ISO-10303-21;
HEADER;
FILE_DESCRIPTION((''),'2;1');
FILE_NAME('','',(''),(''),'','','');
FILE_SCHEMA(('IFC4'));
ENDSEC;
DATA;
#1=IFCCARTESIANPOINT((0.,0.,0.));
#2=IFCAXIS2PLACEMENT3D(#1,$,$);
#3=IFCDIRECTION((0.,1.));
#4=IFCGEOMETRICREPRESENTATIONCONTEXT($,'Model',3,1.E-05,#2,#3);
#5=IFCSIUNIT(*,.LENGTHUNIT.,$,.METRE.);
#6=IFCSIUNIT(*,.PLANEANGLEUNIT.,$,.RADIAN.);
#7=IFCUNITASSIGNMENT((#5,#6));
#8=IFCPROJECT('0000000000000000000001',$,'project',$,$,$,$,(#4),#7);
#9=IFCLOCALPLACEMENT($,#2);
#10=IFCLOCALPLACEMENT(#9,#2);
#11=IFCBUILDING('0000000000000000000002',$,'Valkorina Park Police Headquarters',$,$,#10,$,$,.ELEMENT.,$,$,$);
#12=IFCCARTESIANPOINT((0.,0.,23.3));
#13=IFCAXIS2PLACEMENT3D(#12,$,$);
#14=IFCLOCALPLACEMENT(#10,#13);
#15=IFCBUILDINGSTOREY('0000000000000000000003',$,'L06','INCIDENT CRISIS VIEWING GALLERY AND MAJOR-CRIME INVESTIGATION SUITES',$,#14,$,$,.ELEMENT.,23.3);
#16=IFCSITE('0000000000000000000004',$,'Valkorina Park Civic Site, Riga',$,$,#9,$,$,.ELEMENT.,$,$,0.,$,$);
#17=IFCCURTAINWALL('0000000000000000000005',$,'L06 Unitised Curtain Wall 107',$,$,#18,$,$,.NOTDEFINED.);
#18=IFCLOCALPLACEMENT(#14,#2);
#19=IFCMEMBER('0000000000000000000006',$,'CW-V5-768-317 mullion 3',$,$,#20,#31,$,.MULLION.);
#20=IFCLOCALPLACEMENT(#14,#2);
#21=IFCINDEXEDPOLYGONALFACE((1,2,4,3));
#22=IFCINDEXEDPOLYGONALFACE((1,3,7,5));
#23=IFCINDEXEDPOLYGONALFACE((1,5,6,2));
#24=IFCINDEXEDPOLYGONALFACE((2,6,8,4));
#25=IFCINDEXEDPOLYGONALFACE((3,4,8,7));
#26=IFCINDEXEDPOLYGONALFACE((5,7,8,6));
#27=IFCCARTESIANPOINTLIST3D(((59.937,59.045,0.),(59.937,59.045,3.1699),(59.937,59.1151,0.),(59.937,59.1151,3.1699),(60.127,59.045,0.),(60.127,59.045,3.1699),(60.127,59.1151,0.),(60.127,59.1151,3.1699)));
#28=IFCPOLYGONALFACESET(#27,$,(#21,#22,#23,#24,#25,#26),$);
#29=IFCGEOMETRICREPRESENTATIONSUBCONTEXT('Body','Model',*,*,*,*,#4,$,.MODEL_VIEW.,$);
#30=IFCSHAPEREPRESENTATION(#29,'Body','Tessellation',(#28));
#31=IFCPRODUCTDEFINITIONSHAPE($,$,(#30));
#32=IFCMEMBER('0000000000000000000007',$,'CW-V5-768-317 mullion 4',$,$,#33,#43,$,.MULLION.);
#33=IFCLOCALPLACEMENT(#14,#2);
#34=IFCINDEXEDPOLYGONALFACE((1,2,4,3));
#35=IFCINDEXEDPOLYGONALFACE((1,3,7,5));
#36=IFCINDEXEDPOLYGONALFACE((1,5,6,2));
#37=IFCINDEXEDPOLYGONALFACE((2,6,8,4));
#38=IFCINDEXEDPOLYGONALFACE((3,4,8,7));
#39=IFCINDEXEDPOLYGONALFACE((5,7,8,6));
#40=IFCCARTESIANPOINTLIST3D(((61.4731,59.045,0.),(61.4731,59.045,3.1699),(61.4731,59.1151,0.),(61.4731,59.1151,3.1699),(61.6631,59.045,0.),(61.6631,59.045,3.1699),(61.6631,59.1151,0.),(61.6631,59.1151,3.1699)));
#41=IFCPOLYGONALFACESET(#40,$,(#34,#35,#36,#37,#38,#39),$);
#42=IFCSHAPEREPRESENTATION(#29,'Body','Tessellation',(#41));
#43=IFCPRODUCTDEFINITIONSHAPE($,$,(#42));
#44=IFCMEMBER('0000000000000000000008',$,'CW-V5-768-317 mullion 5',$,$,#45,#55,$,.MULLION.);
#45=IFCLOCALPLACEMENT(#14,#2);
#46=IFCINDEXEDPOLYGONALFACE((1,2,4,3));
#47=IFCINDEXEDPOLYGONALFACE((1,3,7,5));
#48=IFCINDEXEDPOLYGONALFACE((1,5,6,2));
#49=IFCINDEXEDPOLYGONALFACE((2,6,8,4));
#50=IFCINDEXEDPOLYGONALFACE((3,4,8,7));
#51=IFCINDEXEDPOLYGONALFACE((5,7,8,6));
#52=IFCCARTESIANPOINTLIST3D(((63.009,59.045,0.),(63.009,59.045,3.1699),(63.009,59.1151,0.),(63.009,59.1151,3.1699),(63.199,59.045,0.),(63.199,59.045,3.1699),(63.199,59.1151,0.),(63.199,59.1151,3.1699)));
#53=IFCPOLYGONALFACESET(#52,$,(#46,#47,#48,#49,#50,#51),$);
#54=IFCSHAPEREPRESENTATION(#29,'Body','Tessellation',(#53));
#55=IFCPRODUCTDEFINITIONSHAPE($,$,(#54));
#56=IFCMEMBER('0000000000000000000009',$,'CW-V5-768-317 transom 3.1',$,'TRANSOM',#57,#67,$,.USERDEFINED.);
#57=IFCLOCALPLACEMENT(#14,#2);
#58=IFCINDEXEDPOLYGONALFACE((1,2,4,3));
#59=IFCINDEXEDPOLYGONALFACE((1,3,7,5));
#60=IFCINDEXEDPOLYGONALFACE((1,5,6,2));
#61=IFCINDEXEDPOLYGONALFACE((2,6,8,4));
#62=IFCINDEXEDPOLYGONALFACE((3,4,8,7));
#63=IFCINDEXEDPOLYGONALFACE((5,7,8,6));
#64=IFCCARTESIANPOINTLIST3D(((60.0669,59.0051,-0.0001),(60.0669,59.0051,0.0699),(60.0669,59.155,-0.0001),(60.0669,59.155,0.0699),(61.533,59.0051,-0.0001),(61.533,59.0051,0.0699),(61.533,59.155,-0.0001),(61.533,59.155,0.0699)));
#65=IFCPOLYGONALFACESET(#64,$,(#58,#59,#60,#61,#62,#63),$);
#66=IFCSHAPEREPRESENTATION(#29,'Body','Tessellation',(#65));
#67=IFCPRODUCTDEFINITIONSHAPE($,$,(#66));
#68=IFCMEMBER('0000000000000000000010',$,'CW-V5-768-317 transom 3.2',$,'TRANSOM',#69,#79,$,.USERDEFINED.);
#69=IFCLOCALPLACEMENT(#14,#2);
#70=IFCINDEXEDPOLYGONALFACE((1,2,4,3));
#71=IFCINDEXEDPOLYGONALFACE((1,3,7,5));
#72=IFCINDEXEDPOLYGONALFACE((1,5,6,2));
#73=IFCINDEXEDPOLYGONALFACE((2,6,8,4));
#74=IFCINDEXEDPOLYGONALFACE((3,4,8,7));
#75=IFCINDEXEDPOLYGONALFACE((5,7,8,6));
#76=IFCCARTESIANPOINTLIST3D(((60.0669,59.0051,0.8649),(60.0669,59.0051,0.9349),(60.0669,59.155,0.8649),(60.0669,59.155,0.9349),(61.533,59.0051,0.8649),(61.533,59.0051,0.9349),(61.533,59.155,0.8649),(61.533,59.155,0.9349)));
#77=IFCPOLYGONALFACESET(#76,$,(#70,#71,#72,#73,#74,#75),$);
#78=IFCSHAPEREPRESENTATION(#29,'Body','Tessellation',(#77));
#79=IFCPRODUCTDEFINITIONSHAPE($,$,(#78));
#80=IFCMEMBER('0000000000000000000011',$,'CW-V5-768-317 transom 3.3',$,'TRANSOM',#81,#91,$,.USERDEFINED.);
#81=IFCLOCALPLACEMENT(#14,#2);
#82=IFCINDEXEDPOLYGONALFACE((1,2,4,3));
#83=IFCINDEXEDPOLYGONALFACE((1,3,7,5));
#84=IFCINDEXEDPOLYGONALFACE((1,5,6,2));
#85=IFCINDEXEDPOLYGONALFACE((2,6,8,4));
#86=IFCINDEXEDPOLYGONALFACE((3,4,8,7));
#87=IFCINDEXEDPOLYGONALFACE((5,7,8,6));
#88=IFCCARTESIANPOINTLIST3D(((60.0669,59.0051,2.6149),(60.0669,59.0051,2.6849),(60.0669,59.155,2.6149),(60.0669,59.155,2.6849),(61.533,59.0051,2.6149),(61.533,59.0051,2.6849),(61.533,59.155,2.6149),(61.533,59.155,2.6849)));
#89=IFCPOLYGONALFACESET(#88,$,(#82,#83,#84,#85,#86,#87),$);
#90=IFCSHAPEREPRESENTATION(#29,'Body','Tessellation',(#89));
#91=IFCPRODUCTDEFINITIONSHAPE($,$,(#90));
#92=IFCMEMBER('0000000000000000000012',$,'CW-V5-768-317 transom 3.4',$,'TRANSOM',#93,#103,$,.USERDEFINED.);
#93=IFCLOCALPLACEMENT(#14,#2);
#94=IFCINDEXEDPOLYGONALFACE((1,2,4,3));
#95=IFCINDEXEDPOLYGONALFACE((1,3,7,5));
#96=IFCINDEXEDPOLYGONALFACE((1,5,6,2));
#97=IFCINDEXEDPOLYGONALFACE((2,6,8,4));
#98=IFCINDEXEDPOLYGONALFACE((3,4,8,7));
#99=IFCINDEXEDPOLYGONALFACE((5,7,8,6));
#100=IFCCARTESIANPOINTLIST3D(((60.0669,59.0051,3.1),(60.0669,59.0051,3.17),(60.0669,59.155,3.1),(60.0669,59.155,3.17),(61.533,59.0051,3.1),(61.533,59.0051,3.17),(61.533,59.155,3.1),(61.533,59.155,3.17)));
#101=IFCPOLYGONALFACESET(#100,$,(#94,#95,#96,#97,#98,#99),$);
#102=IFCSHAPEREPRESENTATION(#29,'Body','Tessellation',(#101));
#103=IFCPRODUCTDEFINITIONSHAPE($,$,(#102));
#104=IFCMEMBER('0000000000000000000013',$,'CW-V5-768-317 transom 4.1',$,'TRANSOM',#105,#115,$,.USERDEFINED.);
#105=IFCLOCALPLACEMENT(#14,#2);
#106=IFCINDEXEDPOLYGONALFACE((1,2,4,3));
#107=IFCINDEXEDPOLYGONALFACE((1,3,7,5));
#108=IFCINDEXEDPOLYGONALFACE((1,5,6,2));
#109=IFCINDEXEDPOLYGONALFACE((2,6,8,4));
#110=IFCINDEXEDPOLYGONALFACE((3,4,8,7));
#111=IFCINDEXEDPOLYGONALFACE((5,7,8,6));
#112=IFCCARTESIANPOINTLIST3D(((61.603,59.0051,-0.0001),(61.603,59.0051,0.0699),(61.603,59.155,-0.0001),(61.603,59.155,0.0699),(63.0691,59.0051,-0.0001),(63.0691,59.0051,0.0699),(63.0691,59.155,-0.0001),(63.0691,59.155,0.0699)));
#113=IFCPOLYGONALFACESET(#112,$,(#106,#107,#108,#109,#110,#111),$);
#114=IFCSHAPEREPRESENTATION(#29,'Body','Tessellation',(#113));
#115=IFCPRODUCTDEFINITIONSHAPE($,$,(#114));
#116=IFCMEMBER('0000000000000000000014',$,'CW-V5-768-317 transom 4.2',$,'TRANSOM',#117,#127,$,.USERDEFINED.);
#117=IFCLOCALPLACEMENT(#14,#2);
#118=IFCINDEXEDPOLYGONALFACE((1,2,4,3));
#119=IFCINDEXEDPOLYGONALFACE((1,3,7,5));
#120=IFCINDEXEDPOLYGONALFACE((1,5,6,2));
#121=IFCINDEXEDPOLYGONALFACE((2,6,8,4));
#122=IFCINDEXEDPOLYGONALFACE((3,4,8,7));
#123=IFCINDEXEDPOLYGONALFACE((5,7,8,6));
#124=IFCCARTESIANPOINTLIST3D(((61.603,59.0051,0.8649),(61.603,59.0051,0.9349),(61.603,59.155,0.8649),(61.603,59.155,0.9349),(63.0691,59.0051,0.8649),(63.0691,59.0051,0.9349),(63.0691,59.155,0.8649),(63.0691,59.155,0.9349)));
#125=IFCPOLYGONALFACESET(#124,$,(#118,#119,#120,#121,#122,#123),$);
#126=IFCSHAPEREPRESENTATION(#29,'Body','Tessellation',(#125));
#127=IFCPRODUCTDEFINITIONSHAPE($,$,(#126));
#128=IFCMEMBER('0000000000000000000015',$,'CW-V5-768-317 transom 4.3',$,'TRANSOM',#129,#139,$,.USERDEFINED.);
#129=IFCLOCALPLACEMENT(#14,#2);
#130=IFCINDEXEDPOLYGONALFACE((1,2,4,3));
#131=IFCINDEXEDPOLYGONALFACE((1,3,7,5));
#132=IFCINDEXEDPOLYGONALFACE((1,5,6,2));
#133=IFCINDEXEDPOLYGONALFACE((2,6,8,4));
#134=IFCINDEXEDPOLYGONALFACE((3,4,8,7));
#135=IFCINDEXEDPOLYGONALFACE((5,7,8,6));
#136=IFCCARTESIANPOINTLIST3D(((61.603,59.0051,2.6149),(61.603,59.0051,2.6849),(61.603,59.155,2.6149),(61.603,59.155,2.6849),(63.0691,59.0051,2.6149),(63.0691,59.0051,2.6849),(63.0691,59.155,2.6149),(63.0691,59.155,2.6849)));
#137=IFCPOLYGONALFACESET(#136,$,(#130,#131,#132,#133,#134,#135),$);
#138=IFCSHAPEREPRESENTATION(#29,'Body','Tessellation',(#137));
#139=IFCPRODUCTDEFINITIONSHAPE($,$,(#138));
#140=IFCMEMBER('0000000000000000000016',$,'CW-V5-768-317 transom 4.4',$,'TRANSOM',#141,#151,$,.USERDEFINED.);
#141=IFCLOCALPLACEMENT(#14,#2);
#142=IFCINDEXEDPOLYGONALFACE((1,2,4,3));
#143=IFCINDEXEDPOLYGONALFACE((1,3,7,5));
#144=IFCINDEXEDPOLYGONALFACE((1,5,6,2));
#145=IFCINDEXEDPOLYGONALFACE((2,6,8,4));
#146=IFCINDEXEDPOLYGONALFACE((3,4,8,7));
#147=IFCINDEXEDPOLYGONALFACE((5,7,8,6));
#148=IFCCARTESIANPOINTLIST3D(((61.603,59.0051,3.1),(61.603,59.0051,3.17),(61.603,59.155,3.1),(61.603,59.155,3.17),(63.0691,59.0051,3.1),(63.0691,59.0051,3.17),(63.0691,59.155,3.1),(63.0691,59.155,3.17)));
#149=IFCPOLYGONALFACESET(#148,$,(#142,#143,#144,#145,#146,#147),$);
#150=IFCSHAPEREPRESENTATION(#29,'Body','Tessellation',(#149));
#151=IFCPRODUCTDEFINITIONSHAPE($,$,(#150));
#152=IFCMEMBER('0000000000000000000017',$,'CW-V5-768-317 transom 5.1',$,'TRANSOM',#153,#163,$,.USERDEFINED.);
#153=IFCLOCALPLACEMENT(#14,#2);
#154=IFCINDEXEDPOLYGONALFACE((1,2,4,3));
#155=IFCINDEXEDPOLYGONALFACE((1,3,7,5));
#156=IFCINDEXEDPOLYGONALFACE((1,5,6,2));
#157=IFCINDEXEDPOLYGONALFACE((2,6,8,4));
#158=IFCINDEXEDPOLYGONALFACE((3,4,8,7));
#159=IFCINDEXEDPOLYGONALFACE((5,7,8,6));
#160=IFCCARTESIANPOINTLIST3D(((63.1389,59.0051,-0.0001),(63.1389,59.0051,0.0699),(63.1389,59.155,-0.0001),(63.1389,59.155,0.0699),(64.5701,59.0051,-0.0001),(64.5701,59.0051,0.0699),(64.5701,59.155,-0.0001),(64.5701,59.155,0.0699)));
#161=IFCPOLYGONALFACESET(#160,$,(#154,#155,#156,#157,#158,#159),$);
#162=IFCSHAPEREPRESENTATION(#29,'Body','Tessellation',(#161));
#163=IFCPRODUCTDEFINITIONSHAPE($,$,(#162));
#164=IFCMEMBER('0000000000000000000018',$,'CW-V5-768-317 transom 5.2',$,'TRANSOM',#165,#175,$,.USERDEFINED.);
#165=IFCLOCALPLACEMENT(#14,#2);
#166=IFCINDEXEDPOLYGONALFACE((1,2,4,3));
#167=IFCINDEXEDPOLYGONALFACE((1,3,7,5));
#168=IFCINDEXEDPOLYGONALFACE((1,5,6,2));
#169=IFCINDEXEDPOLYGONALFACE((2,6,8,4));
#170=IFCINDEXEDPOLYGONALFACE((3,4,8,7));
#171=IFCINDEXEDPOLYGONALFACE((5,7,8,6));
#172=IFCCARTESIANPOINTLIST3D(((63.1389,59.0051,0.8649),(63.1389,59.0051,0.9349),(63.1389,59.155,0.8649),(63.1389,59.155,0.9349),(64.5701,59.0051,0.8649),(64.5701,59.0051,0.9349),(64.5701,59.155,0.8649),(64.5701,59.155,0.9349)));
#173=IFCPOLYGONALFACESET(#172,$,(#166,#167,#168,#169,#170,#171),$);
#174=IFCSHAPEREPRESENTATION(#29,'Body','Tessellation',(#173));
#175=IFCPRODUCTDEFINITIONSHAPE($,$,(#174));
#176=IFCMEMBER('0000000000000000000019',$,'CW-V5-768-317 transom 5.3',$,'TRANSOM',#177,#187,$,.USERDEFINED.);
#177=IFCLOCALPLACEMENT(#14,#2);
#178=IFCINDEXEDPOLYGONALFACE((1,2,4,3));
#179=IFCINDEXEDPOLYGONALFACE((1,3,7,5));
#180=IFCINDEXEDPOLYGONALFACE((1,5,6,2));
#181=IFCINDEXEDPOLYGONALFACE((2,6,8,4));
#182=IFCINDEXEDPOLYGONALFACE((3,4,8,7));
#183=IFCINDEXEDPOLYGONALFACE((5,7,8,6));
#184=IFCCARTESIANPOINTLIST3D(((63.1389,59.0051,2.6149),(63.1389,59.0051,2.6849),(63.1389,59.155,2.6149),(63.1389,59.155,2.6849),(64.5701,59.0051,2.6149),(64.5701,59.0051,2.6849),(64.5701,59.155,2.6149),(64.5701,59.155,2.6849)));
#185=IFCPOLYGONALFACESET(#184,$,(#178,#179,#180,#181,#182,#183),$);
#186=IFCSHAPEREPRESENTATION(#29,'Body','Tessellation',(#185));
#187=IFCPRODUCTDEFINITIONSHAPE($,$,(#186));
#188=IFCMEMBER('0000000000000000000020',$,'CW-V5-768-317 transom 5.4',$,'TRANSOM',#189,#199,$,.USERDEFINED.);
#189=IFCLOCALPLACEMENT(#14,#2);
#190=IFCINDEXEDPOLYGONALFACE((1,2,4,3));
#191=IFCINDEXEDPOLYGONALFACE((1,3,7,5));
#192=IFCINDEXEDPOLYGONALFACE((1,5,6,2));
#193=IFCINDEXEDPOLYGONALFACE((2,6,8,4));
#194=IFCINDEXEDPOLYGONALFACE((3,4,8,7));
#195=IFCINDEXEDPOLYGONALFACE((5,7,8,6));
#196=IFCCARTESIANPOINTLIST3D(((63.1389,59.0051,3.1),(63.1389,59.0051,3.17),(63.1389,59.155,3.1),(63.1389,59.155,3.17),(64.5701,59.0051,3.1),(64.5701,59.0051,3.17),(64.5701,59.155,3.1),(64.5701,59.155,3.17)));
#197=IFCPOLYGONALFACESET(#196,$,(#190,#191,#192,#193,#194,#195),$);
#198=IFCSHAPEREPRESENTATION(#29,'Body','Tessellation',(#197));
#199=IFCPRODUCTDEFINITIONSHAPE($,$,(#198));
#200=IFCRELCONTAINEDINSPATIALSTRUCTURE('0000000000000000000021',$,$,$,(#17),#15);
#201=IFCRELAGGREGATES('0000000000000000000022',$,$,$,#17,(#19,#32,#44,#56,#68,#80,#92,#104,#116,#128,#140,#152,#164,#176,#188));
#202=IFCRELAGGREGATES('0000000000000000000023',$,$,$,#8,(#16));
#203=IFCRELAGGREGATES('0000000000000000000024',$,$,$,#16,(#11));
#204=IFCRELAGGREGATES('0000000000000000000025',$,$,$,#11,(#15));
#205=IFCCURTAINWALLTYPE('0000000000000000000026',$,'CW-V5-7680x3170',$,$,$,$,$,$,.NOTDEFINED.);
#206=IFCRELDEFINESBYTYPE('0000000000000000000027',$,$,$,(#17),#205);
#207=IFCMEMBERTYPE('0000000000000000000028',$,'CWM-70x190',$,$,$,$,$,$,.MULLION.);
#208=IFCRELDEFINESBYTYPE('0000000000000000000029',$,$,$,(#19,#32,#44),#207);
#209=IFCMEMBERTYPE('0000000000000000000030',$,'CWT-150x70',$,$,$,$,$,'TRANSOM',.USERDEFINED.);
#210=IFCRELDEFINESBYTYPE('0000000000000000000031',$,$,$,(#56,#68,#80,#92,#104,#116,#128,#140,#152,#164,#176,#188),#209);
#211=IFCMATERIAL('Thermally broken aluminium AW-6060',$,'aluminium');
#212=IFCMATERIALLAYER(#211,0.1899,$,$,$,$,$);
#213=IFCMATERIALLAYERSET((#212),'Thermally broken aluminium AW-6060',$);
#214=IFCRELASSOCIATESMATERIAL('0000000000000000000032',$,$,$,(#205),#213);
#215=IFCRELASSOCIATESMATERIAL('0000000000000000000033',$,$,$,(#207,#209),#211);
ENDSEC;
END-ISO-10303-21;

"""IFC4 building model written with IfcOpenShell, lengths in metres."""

from ifc_helpers import new_model, si_unit, direction, frame, origin, origin_2d, place, context, subcontext, project, spatial, rectangle, extrude, material, layer, layer_set, material_profile, profile_set, type_object, element, aggregate, save


model = new_model("IFC4")

# Units and contexts
model_context = context("Model", 3, precision=1e-05, world=origin(), true_north=direction((0.0, 1.0)))
body_context = subcontext(model_context, "Body", "Model", "MODEL_VIEW")
ifc_project = project(units=[si_unit("LENGTHUNIT", "METRE"), si_unit("PLANEANGLEUNIT", "RADIAN")], contexts=[model_context])

# Site, building, storey
site_placement = place(None, origin())
site = spatial("IfcSite", under=ifc_project, at=site_placement, Name="Valkorina Park Civic Site, Riga", CompositionType="ELEMENT", RefElevation=0.0)
building_placement = place(site_placement, origin())
building = spatial("IfcBuilding", under=site, at=building_placement, Name="Valkorina Park Police Headquarters", CompositionType="ELEMENT")
storey_placement = place(building_placement, frame((0.0, 0.0, 23.3)))
storey = spatial("IfcBuildingStorey", under=building, at=storey_placement, Name="L06", Description="INCIDENT CRISIS VIEWING GALLERY AND MAJOR-CRIME INVESTIGATION SUITES", CompositionType="ELEMENT", Elevation=23.3)

# Curtain wall, members
ifc_material_1 = material(Name="Thermally broken aluminium AW-6060", Category="aluminium")
ifc_layer_1 = layer(ifc_material_1, 0.1899)
ifc_layer_set_1 = layer_set([ifc_layer_1], Name="Thermally broken aluminium AW-6060")
curtain_wall_type = type_object("IfcCurtainWallType", Name="CW-V5-7680x3170", PredefinedType="NOTDEFINED", material=ifc_layer_set_1)
curtain_wall_placement = place(storey_placement, origin())
curtain_wall = element("IfcCurtainWall", 1, at=curtain_wall_placement, inside=storey, type_object=curtain_wall_type, Name="L06 Unitised Curtain Wall 107", PredefinedType="NOTDEFINED")
ifc_material_profile_1 = material_profile(ifc_material_1, rectangle(XDim=0.0701, YDim=0.1899, at=origin_2d()), Name="CWM-02 70x190")
ifc_profile_set_1 = profile_set([ifc_material_profile_1], Name="Thermally broken aluminium AW-6060")
member_type_1 = type_object("IfcMemberType", Name="CWM-70x190", PredefinedType="MULLION", material=ifc_profile_set_1)
member_1_placement = place(storey_placement, frame((60.032, 59.0801, 0.0), z_axis=(0.0, 0.0, 1.0), x_axis=(0.0, 1.0, 0.0)))
member_1 = element("IfcMember", 2, at=member_1_placement, type_object=member_type_1, Name="CW-V5-768-317 mullion 3", PredefinedType="MULLION", context=body_context, shape_type="SweptSolid", body=[
    extrude(rectangle(XDim=0.0701, YDim=0.1899, at=origin_2d()), origin(), (0.0, 0.0, 1.0), 3.1699),
])
member_2_placement = place(storey_placement, frame((61.5681, 59.0801, 0.0), z_axis=(0.0, 0.0, 1.0), x_axis=(0.0, 1.0, 0.0)))
member_2 = element("IfcMember", 3, at=member_2_placement, type_object=member_type_1, Name="CW-V5-768-317 mullion 4", PredefinedType="MULLION", context=body_context, shape_type="SweptSolid", body=[
    extrude(rectangle(XDim=0.0701, YDim=0.1899, at=origin_2d()), origin(), (0.0, 0.0, 1.0), 3.1699),
])
member_3_placement = place(storey_placement, frame((63.104, 59.0801, 0.0), z_axis=(0.0, 0.0, 1.0), x_axis=(0.0, 1.0, 0.0)))
member_3 = element("IfcMember", 4, at=member_3_placement, type_object=member_type_1, Name="CW-V5-768-317 mullion 5", PredefinedType="MULLION", context=body_context, shape_type="SweptSolid", body=[
    extrude(rectangle(XDim=0.0701, YDim=0.1899, at=origin_2d()), origin(), (0.0, 0.0, 1.0), 3.1699),
])
ifc_material_profile_2 = material_profile(ifc_material_1, rectangle(XDim=0.1499, YDim=0.0701, at=origin_2d()), Name="CWT-02 150x70")
ifc_profile_set_2 = profile_set([ifc_material_profile_2], Name="Thermally broken aluminium AW-6060")
member_type_2 = type_object("IfcMemberType", Name="CWT-150x70", ElementType="TRANSOM", PredefinedType="USERDEFINED", material=ifc_profile_set_2)
member_4_placement = place(storey_placement, frame((60.0669, 59.0801, 0.0349), z_axis=(1.0, 0.0, 0.0), x_axis=(0.0, 1.0, 0.0)))
member_4 = element("IfcMember", 5, at=member_4_placement, type_object=member_type_2, Name="CW-V5-768-317 transom 3.1", ObjectType="TRANSOM", PredefinedType="USERDEFINED", context=body_context, shape_type="SweptSolid", body=[
    extrude(rectangle(XDim=0.1499, YDim=0.0701, at=origin_2d()), origin(), (0.0, 0.0, 1.0), 1.4661),
])
member_5_placement = place(storey_placement, frame((60.0669, 59.0801, 0.8999), z_axis=(1.0, 0.0, 0.0), x_axis=(0.0, 1.0, 0.0)))
member_5 = element("IfcMember", 6, at=member_5_placement, type_object=member_type_2, Name="CW-V5-768-317 transom 3.2", ObjectType="TRANSOM", PredefinedType="USERDEFINED", context=body_context, shape_type="SweptSolid", body=[
    extrude(rectangle(XDim=0.1499, YDim=0.0701, at=origin_2d()), origin(), (0.0, 0.0, 1.0), 1.4661),
])
member_6_placement = place(storey_placement, frame((60.0669, 59.0801, 2.6499), z_axis=(1.0, 0.0, 0.0), x_axis=(0.0, 1.0, 0.0)))
member_6 = element("IfcMember", 7, at=member_6_placement, type_object=member_type_2, Name="CW-V5-768-317 transom 3.3", ObjectType="TRANSOM", PredefinedType="USERDEFINED", context=body_context, shape_type="SweptSolid", body=[
    extrude(rectangle(XDim=0.1499, YDim=0.0701, at=origin_2d()), origin(), (0.0, 0.0, 1.0), 1.4661),
])
member_7_placement = place(storey_placement, frame((60.0669, 59.0801, 3.135), z_axis=(1.0, 0.0, 0.0), x_axis=(0.0, 1.0, 0.0)))
member_7 = element("IfcMember", 8, at=member_7_placement, type_object=member_type_2, Name="CW-V5-768-317 transom 3.4", ObjectType="TRANSOM", PredefinedType="USERDEFINED", context=body_context, shape_type="SweptSolid", body=[
    extrude(rectangle(XDim=0.1499, YDim=0.0701, at=origin_2d()), origin(), (0.0, 0.0, 1.0), 1.4661),
])
member_8_placement = place(storey_placement, frame((61.603, 59.0801, 0.0349), z_axis=(1.0, 0.0, 0.0), x_axis=(0.0, 1.0, 0.0)))
member_8 = element("IfcMember", 9, at=member_8_placement, type_object=member_type_2, Name="CW-V5-768-317 transom 4.1", ObjectType="TRANSOM", PredefinedType="USERDEFINED", context=body_context, shape_type="SweptSolid", body=[
    extrude(rectangle(XDim=0.1499, YDim=0.0701, at=origin_2d()), origin(), (0.0, 0.0, 1.0), 1.4661),
])
member_9_placement = place(storey_placement, frame((61.603, 59.0801, 0.8999), z_axis=(1.0, 0.0, 0.0), x_axis=(0.0, 1.0, 0.0)))
member_9 = element("IfcMember", 10, at=member_9_placement, type_object=member_type_2, Name="CW-V5-768-317 transom 4.2", ObjectType="TRANSOM", PredefinedType="USERDEFINED", context=body_context, shape_type="SweptSolid", body=[
    extrude(rectangle(XDim=0.1499, YDim=0.0701, at=origin_2d()), origin(), (0.0, 0.0, 1.0), 1.4661),
])
member_10_placement = place(storey_placement, frame((61.603, 59.0801, 2.6499), z_axis=(1.0, 0.0, 0.0), x_axis=(0.0, 1.0, 0.0)))
member_10 = element("IfcMember", 11, at=member_10_placement, type_object=member_type_2, Name="CW-V5-768-317 transom 4.3", ObjectType="TRANSOM", PredefinedType="USERDEFINED", context=body_context, shape_type="SweptSolid", body=[
    extrude(rectangle(XDim=0.1499, YDim=0.0701, at=origin_2d()), origin(), (0.0, 0.0, 1.0), 1.4661),
])
member_11_placement = place(storey_placement, frame((61.603, 59.0801, 3.135), z_axis=(1.0, 0.0, 0.0), x_axis=(0.0, 1.0, 0.0)))
member_11 = element("IfcMember", 12, at=member_11_placement, type_object=member_type_2, Name="CW-V5-768-317 transom 4.4", ObjectType="TRANSOM", PredefinedType="USERDEFINED", context=body_context, shape_type="SweptSolid", body=[
    extrude(rectangle(XDim=0.1499, YDim=0.0701, at=origin_2d()), origin(), (0.0, 0.0, 1.0), 1.4661),
])
member_12_placement = place(storey_placement, frame((63.1389, 59.0801, 0.0349), z_axis=(1.0, 0.0, 0.0), x_axis=(0.0, 1.0, 0.0)))
member_12 = element("IfcMember", 13, at=member_12_placement, type_object=member_type_2, Name="CW-V5-768-317 transom 5.1", ObjectType="TRANSOM", PredefinedType="USERDEFINED", context=body_context, shape_type="SweptSolid", body=[
    extrude(rectangle(XDim=0.1499, YDim=0.0701, at=origin_2d()), origin(), (0.0, 0.0, 1.0), 1.4312),
])
member_13_placement = place(storey_placement, frame((63.1389, 59.0801, 0.8999), z_axis=(1.0, 0.0, 0.0), x_axis=(0.0, 1.0, 0.0)))
member_13 = element("IfcMember", 14, at=member_13_placement, type_object=member_type_2, Name="CW-V5-768-317 transom 5.2", ObjectType="TRANSOM", PredefinedType="USERDEFINED", context=body_context, shape_type="SweptSolid", body=[
    extrude(rectangle(XDim=0.1499, YDim=0.0701, at=origin_2d()), origin(), (0.0, 0.0, 1.0), 1.4312),
])
member_14_placement = place(storey_placement, frame((63.1389, 59.0801, 2.6499), z_axis=(1.0, 0.0, 0.0), x_axis=(0.0, 1.0, 0.0)))
member_14 = element("IfcMember", 15, at=member_14_placement, type_object=member_type_2, Name="CW-V5-768-317 transom 5.3", ObjectType="TRANSOM", PredefinedType="USERDEFINED", context=body_context, shape_type="SweptSolid", body=[
    extrude(rectangle(XDim=0.1499, YDim=0.0701, at=origin_2d()), origin(), (0.0, 0.0, 1.0), 1.4312),
])
member_15_placement = place(storey_placement, frame((63.1389, 59.0801, 3.135), z_axis=(1.0, 0.0, 0.0), x_axis=(0.0, 1.0, 0.0)))
member_15 = element("IfcMember", 16, at=member_15_placement, type_object=member_type_2, Name="CW-V5-768-317 transom 5.4", ObjectType="TRANSOM", PredefinedType="USERDEFINED", context=body_context, shape_type="SweptSolid", body=[
    extrude(rectangle(XDim=0.1499, YDim=0.0701, at=origin_2d()), origin(), (0.0, 0.0, 1.0), 1.4312),
])
aggregate(curtain_wall, [member_1, member_2, member_3, member_4, member_5, member_6, member_7, member_8, member_9, member_10, member_11, member_12, member_13, member_14, member_15])

save(model, "model.ifc")
